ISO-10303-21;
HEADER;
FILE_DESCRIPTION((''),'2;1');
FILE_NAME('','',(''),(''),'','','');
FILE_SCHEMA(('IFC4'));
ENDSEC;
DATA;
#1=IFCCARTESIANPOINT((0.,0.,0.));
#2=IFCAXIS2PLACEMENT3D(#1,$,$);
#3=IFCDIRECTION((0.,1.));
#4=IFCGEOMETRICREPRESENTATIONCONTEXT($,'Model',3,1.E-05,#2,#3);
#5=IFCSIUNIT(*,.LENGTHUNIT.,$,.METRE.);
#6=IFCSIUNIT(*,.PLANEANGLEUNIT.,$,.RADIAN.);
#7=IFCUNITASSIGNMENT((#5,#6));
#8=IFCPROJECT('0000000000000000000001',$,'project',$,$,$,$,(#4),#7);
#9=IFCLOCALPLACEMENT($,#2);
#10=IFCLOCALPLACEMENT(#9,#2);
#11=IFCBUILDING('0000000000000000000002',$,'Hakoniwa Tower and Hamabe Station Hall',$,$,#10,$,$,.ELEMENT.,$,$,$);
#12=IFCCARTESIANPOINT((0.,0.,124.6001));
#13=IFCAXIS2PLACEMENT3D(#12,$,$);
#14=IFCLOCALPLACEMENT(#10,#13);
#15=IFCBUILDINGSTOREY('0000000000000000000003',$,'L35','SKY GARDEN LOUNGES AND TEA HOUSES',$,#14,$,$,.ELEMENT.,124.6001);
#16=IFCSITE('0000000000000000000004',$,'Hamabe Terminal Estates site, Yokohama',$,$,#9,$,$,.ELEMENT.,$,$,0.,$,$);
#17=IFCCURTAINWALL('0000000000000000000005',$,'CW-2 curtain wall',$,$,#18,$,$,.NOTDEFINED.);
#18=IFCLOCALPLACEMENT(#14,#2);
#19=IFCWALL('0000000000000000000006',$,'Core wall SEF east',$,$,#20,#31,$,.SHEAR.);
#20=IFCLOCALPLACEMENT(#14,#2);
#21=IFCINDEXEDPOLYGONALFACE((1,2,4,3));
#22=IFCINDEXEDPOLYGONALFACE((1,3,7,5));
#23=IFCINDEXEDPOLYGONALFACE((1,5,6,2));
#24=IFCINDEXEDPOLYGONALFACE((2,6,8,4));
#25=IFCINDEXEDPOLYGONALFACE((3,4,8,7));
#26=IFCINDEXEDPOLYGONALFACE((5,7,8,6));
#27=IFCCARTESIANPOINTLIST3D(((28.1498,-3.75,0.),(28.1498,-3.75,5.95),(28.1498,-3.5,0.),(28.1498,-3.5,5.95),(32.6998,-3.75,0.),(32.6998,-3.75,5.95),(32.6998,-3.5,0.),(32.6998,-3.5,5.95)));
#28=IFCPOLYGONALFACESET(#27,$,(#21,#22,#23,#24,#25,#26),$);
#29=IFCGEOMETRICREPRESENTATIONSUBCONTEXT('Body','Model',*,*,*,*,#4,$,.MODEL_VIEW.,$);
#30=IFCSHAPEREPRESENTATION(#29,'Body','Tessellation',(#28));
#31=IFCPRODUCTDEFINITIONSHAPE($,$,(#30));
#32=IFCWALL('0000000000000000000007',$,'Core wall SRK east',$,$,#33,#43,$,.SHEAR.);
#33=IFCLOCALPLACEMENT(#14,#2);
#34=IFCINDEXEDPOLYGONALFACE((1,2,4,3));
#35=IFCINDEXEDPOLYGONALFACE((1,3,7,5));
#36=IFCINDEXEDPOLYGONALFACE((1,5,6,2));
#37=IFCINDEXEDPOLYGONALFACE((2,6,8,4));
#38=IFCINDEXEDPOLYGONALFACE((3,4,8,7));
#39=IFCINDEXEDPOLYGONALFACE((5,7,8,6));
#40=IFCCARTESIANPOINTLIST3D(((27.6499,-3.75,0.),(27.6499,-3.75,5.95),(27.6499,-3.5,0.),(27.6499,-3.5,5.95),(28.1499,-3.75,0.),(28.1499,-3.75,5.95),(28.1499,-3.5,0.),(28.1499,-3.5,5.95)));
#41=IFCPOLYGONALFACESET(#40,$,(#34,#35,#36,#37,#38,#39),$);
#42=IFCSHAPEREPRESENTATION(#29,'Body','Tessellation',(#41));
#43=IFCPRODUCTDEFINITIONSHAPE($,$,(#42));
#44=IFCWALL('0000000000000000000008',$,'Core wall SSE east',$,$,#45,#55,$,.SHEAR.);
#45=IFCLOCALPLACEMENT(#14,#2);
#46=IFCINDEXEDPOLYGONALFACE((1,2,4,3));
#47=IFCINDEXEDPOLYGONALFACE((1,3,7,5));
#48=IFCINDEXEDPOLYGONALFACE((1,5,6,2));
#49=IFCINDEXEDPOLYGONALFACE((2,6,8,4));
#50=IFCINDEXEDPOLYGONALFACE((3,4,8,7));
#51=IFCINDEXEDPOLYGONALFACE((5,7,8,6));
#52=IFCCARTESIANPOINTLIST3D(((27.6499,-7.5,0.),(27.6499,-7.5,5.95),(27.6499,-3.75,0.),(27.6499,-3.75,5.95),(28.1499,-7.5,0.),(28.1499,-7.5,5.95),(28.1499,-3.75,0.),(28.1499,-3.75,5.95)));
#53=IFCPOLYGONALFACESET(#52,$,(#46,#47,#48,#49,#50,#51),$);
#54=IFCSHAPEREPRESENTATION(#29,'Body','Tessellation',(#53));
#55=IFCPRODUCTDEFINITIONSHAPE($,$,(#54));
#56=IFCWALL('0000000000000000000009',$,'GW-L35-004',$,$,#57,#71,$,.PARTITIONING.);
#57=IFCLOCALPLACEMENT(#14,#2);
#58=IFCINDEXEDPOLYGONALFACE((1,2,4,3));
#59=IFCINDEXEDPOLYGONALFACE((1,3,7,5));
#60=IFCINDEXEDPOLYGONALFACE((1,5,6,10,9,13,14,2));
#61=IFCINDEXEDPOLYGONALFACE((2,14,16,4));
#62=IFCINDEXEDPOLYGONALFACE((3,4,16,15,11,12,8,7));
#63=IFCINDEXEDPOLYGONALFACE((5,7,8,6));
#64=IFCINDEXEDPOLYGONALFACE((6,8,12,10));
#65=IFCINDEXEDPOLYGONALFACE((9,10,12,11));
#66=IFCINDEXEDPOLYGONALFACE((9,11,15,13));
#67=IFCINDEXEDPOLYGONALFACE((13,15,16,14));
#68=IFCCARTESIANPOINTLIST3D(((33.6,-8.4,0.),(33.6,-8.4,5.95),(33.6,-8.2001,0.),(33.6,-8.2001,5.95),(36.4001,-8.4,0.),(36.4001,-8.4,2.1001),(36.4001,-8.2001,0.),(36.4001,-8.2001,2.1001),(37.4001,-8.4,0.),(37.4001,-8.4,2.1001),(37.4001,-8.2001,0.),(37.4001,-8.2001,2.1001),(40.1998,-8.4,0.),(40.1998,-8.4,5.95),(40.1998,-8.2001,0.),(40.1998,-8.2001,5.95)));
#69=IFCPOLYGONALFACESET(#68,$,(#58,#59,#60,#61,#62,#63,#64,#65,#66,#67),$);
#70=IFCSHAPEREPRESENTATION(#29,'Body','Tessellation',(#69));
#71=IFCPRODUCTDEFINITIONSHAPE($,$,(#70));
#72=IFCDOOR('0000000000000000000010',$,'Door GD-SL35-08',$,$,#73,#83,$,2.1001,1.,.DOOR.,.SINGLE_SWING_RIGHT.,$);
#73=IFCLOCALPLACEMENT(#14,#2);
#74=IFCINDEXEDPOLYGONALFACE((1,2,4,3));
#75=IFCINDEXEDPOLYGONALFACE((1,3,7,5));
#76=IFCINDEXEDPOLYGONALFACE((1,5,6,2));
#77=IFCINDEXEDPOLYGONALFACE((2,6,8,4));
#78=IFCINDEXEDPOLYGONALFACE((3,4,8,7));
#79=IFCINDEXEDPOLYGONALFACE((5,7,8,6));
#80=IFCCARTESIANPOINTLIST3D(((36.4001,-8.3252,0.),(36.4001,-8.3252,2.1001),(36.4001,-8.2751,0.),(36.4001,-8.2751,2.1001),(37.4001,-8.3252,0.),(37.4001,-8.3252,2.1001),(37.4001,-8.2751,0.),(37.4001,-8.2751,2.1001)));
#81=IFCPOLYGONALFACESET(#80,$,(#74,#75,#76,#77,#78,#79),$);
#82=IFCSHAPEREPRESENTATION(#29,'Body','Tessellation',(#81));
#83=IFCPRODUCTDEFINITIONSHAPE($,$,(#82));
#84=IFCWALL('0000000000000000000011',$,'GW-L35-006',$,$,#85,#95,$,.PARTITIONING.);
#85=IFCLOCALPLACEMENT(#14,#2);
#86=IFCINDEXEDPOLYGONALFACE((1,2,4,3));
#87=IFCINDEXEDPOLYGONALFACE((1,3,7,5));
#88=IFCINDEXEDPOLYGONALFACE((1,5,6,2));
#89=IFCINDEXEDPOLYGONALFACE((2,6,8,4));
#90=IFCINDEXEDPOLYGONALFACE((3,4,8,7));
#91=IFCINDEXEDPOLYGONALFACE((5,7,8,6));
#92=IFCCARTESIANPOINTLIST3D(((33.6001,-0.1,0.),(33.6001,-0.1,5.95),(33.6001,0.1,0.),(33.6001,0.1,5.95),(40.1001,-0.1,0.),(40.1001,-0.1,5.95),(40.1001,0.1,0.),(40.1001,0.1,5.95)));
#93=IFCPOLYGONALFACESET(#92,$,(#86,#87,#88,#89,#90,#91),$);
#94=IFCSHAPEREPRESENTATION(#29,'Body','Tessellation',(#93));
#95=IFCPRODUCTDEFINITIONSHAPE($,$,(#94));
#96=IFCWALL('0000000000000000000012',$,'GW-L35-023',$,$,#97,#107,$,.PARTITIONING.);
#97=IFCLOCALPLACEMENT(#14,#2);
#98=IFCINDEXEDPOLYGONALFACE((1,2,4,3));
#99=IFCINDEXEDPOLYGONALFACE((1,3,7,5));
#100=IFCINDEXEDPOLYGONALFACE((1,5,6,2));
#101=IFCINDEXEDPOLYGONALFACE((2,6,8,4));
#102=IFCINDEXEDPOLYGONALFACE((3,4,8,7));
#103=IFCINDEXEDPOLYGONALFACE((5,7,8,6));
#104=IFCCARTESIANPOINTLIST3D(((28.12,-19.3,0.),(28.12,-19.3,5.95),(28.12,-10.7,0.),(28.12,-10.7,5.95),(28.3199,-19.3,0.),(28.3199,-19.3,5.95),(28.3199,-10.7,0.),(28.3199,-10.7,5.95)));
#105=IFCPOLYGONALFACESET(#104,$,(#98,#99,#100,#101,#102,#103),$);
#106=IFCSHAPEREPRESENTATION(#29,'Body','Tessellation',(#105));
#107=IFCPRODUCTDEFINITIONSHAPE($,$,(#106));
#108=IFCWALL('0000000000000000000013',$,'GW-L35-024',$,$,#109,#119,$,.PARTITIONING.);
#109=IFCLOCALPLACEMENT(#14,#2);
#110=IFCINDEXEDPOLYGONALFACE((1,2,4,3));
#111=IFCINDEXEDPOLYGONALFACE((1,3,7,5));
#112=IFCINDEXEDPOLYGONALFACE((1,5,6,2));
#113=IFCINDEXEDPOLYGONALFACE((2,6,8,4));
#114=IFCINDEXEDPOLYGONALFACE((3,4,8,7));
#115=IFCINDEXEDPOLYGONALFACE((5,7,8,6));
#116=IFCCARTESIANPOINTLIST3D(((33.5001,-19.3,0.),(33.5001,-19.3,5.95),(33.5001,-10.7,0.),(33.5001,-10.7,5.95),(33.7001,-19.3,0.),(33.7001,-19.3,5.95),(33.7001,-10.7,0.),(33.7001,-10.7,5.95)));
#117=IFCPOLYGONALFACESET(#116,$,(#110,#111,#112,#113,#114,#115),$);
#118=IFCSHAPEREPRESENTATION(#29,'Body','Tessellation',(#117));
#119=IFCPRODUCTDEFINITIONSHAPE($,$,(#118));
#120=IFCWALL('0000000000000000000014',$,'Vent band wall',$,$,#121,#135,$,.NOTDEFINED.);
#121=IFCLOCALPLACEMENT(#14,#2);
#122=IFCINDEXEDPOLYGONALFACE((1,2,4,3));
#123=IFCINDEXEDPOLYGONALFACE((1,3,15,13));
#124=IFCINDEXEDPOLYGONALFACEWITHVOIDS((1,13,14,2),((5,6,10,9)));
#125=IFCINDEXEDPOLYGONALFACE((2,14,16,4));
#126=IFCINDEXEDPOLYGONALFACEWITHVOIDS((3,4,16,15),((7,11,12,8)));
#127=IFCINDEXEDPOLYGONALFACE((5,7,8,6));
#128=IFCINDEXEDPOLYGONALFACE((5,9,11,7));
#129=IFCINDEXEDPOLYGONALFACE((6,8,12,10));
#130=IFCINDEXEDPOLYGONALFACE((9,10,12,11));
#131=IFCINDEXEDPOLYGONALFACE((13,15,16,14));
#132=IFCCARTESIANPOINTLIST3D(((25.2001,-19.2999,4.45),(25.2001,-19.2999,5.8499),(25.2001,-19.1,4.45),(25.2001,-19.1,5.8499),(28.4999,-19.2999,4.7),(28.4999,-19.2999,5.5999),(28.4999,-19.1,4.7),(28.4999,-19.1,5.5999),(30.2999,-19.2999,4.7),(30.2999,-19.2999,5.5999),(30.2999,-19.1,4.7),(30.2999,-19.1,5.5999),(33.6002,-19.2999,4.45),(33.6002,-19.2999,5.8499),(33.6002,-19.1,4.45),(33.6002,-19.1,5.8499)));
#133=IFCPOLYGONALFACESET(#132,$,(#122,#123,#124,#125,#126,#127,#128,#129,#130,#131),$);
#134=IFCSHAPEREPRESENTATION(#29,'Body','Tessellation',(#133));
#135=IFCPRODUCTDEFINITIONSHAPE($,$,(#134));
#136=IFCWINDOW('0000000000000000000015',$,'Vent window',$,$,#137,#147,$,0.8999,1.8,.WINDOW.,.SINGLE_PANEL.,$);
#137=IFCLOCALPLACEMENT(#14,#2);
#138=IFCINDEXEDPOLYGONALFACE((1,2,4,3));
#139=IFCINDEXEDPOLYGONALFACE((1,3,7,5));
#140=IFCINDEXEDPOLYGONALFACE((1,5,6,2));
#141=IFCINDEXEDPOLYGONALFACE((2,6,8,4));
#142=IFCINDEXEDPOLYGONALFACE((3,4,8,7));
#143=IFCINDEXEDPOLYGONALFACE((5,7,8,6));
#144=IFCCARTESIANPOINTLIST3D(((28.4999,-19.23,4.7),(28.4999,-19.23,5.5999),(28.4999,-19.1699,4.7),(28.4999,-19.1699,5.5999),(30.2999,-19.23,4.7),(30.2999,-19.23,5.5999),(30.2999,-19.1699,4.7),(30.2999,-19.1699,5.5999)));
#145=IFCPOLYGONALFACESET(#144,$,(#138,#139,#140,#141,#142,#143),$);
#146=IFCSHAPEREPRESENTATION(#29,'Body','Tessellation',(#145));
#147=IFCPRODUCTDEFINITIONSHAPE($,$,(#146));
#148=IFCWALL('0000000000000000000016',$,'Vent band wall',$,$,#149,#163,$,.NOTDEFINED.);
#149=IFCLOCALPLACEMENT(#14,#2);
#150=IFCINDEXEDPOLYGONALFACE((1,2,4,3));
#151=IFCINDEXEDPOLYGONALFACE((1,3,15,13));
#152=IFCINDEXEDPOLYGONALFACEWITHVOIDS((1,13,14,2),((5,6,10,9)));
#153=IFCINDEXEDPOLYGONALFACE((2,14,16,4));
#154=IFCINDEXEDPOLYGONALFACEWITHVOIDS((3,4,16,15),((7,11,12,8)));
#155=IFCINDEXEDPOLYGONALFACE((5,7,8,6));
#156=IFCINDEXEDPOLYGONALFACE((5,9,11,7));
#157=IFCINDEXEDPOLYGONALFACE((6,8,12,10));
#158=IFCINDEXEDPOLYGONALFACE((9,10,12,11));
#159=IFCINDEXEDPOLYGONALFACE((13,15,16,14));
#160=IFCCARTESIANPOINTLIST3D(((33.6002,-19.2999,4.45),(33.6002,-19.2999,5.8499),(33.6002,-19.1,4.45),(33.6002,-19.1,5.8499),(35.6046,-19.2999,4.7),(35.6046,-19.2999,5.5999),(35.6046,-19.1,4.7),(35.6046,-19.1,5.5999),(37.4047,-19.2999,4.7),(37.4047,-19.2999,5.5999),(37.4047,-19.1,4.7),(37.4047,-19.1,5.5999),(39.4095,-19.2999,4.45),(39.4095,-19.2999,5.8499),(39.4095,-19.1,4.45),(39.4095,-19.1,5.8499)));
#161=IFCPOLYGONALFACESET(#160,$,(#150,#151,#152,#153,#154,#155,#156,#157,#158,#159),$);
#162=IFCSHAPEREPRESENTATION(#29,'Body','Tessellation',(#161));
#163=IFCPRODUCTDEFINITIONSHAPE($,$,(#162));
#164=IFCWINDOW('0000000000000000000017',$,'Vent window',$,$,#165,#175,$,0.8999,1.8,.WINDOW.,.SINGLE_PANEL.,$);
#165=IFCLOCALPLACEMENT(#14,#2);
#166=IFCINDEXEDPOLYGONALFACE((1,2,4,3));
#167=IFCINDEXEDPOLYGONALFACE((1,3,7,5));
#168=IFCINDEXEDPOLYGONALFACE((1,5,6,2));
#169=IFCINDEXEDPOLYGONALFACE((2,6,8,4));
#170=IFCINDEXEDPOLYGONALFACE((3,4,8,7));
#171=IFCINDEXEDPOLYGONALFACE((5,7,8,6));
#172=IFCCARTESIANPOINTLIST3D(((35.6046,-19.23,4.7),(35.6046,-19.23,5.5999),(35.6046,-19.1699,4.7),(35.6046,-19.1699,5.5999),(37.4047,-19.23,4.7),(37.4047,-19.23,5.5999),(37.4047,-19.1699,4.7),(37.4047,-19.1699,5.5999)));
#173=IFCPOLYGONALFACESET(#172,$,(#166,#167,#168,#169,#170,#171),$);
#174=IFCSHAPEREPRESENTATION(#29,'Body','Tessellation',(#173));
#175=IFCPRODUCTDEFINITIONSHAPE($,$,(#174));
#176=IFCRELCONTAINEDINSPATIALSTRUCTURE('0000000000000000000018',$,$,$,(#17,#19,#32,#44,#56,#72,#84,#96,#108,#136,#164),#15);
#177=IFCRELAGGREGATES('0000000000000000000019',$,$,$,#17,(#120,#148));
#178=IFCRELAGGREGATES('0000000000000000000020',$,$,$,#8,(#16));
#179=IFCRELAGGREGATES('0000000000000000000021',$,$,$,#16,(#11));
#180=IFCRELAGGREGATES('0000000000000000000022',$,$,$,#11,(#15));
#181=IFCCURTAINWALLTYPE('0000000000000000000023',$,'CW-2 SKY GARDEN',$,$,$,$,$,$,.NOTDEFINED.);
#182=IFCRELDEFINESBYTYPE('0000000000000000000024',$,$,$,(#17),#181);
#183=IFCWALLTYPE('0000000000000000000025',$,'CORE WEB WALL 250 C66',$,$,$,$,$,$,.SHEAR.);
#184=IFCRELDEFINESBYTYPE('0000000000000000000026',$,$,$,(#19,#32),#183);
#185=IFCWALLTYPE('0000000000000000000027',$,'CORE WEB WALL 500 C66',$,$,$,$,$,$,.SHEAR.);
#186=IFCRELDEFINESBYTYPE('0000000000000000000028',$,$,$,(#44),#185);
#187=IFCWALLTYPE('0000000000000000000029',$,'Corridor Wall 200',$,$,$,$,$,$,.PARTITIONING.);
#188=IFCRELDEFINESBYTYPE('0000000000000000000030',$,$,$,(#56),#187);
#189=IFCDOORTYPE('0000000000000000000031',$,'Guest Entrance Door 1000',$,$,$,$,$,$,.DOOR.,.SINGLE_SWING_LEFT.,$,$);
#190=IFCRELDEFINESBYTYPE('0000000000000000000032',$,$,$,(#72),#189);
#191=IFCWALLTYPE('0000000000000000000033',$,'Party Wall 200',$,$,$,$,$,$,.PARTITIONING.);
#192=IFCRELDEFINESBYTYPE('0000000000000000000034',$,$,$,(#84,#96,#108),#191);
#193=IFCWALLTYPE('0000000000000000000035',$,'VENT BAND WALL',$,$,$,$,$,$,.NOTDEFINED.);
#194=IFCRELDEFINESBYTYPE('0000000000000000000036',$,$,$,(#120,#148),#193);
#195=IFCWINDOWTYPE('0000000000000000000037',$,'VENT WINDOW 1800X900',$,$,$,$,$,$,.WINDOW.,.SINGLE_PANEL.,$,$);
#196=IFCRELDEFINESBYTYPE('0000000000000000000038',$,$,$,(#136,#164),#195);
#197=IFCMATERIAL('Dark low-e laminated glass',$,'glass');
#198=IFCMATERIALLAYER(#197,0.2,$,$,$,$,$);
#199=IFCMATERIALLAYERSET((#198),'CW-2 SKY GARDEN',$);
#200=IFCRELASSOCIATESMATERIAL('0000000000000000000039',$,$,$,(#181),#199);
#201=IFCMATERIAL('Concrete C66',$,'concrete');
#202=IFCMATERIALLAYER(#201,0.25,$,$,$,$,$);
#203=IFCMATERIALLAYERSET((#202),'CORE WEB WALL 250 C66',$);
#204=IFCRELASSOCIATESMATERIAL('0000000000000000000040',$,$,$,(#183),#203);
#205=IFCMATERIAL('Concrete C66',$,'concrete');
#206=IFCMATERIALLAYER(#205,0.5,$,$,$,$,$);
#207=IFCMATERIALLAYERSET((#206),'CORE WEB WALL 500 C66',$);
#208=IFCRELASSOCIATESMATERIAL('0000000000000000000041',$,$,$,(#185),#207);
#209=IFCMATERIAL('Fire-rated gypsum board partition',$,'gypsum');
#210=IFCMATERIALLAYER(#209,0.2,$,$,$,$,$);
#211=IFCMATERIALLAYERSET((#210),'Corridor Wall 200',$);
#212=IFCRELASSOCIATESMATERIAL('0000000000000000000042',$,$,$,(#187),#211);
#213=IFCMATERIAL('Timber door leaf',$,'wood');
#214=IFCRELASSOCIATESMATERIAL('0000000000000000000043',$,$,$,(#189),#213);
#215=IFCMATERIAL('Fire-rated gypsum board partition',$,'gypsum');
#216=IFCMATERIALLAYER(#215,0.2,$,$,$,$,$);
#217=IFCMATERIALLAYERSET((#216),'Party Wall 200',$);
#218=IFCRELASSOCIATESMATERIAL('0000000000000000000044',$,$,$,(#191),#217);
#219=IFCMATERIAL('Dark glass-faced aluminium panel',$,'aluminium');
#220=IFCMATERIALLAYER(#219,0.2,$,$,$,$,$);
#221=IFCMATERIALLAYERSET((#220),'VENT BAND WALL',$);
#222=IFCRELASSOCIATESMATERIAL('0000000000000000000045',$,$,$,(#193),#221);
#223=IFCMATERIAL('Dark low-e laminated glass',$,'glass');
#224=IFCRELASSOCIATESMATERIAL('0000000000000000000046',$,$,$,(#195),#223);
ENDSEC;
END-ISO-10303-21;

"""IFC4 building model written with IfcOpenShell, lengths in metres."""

from ifc_helpers import new_model, si_unit, direction, frame, frame_2d, origin, place, context, subcontext, project, spatial, rectangle, extrude, material, layer, layer_set, type_object, element, fill, aggregate, save


model = new_model("IFC4")

# Units and contexts
model_context = context("Model", 3, precision=1e-05, world=origin(), true_north=direction((0.0, 1.0)))
body_context = subcontext(model_context, "Body", "Model", "MODEL_VIEW")
ifc_project = project(units=[si_unit("LENGTHUNIT", "METRE"), si_unit("PLANEANGLEUNIT", "RADIAN")], contexts=[model_context])

# Site, building, storey
site_placement = place(None, origin())
site = spatial("IfcSite", under=ifc_project, at=site_placement, Name="Hamabe Terminal Estates site, Yokohama", CompositionType="ELEMENT", RefElevation=0.0)
building_placement = place(site_placement, origin())
building = spatial("IfcBuilding", under=site, at=building_placement, Name="Hakoniwa Tower and Hamabe Station Hall", CompositionType="ELEMENT")
storey_placement = place(building_placement, frame((0.0, 0.0, 124.6001)))
storey = spatial("IfcBuildingStorey", under=building, at=storey_placement, Name="L35", Description="SKY GARDEN LOUNGES AND TEA HOUSES", CompositionType="ELEMENT", Elevation=124.6001)

# Curtain wall
ifc_material_1 = material(Name="Dark low-e laminated glass", Category="glass")
ifc_layer_1 = layer(ifc_material_1, 0.2)
ifc_layer_set_1 = layer_set([ifc_layer_1], Name="CW-2 SKY GARDEN")
curtain_wall_type = type_object("IfcCurtainWallType", Name="CW-2 SKY GARDEN", PredefinedType="NOTDEFINED", material=ifc_layer_set_1)
curtain_wall_placement = place(storey_placement, origin())
curtain_wall = element("IfcCurtainWall", 1, at=curtain_wall_placement, inside=storey, type_object=curtain_wall_type, Name="CW-2 curtain wall", PredefinedType="NOTDEFINED")

# Walls
ifc_material_2 = material(Name="Concrete C66", Category="concrete")
ifc_layer_2 = layer(ifc_material_2, 0.25)
ifc_layer_set_2 = layer_set([ifc_layer_2], Name="CORE WEB WALL 250 C66")
wall_type_1 = type_object("IfcWallType", Name="CORE WEB WALL 250 C66", PredefinedType="SHEAR", material=ifc_layer_set_2)
wall_1_placement = place(storey_placement, frame((28.1499, -3.625, 0.0), z_axis=(0.0, 0.0, 1.0), x_axis=(1.0, 0.0, 0.0)))
element("IfcWall", 2, at=wall_1_placement, inside=storey, type_object=wall_type_1, Name="Core wall SEF east", PredefinedType="SHEAR", context=body_context, shape_type="SweptSolid", body=[
    extrude(rectangle(XDim=4.55, YDim=0.25, at=frame_2d((2.2749, 0.0))), origin(), (0.0, 0.0, 1.0), 5.95),
])
wall_2_placement = place(storey_placement, frame((27.6499, -3.625, 0.0), z_axis=(0.0, 0.0, 1.0), x_axis=(1.0, 0.0, 0.0)))
element("IfcWall", 3, at=wall_2_placement, inside=storey, type_object=wall_type_1, Name="Core wall SRK east", PredefinedType="SHEAR", context=body_context, shape_type="SweptSolid", body=[
    extrude(rectangle(XDim=0.5, YDim=0.25, at=frame_2d((0.25, 0.0))), origin(), (0.0, 0.0, 1.0), 5.95),
])
ifc_material_3 = material(Name="Concrete C66", Category="concrete")
ifc_layer_3 = layer(ifc_material_3, 0.5)
ifc_layer_set_3 = layer_set([ifc_layer_3], Name="CORE WEB WALL 500 C66")
wall_type_2 = type_object("IfcWallType", Name="CORE WEB WALL 500 C66", PredefinedType="SHEAR", material=ifc_layer_set_3)
wall_3_placement = place(storey_placement, frame((27.8999, -7.5, 0.0), z_axis=(0.0, 0.0, 1.0), x_axis=(0.0, 1.0, 0.0)))
element("IfcWall", 4, at=wall_3_placement, inside=storey, type_object=wall_type_2, Name="Core wall SSE east", PredefinedType="SHEAR", context=body_context, shape_type="SweptSolid", body=[
    extrude(rectangle(XDim=3.75, YDim=0.5, at=frame_2d((1.875, 0.0))), origin(), (0.0, 0.0, 1.0), 5.95),
])

# Wall, opening, door
ifc_material_4 = material(Name="Fire-rated gypsum board partition", Category="gypsum")
ifc_layer_4 = layer(ifc_material_4, 0.2)
ifc_layer_set_4 = layer_set([ifc_layer_4], Name="Corridor Wall 200")
wall_type_3 = type_object("IfcWallType", Name="Corridor Wall 200", PredefinedType="PARTITIONING", material=ifc_layer_set_4)
wall_4_placement = place(storey_placement, frame((33.6001, -8.3, 0.0), z_axis=(0.0, 0.0, 1.0), x_axis=(1.0, 0.0, 0.0)))
wall_4 = element("IfcWall", 5, at=wall_4_placement, inside=storey, type_object=wall_type_3, Name="GW-L35-004", PredefinedType="PARTITIONING", context=body_context, shape_type="SweptSolid", body=[
    extrude(rectangle(XDim=6.5999, YDim=0.2, at=frame_2d((3.2998, 0.0))), origin(), (0.0, 0.0, 1.0), 5.95),
])
opening_1_placement = place(wall_4_placement, frame((2.8, 0.0, 0.0)))
opening_1 = element("IfcOpeningElement", 6, at=opening_1_placement, cuts=wall_4, PredefinedType="OPENING", context=body_context, shape_type="SweptSolid", body=[
    extrude(rectangle(XDim=1.0, YDim=2.1001, at=frame_2d((0.5, 1.05))), frame((0.0, 0.1099, 0.0), z_axis=(0.0, -1.0, 0.0), x_axis=(1.0, 0.0, 0.0)), (0.0, 0.0, 1.0), 0.22),
])
ifc_material_5 = material(Name="Timber door leaf", Category="wood")
door_type = type_object("IfcDoorType", Name="Guest Entrance Door 1000", OperationType="SINGLE_SWING_LEFT", PredefinedType="DOOR", material=ifc_material_5)
door_placement = place(opening_1_placement, origin())
door = element("IfcDoor", 7, at=door_placement, inside=storey, type_object=door_type, Name="Door GD-SL35-08", OperationType="SINGLE_SWING_RIGHT", OverallHeight=2.1001, OverallWidth=1.0, PredefinedType="DOOR", context=body_context, shape_type="SweptSolid", body=[
    extrude(rectangle(XDim=1.0, YDim=2.1001, at=frame_2d((0.5, 1.05))), frame((0.0, 0.0249, 0.0), z_axis=(0.0, -1.0, 0.0), x_axis=(1.0, 0.0, 0.0)), (0.0, 0.0, 1.0), 0.05),
])
fill(opening_1, door)

# Walls
ifc_material_6 = material(Name="Fire-rated gypsum board partition", Category="gypsum")
ifc_layer_5 = layer(ifc_material_6, 0.2)
ifc_layer_set_5 = layer_set([ifc_layer_5], Name="Party Wall 200")
wall_type_4 = type_object("IfcWallType", Name="Party Wall 200", PredefinedType="PARTITIONING", material=ifc_layer_set_5)
wall_5_placement = place(storey_placement, frame((33.6001, 0.0, 0.0), z_axis=(0.0, 0.0, 1.0), x_axis=(1.0, 0.0, 0.0)))
element("IfcWall", 8, at=wall_5_placement, inside=storey, type_object=wall_type_4, Name="GW-L35-006", PredefinedType="PARTITIONING", context=body_context, shape_type="SweptSolid", body=[
    extrude(rectangle(XDim=6.5, YDim=0.2, at=frame_2d((3.25, 0.0))), origin(), (0.0, 0.0, 1.0), 5.95),
])
for number, where, z_axis, x_axis, name in (
    (9, (28.22, -19.3, 0.0), (0.0, 0.0, 1.0), (0.0, 1.0, 0.0), "GW-L35-023"),
    (10, (33.6001, -19.3, 0.0), (0.0, 0.0, 1.0), (0.0, 1.0, 0.0), "GW-L35-024"),
):
    element("IfcWall", number, at=place(storey_placement, frame(where, z_axis=z_axis, x_axis=x_axis)), inside=storey, type_object=wall_type_4, Name=name, PredefinedType="PARTITIONING", context=body_context, shape_type="SweptSolid", body=[
        extrude(rectangle(XDim=8.6001, YDim=0.2, at=frame_2d((4.3, 0.0))), origin(), (0.0, 0.0, 1.0), 5.95),
    ])

# Walls, openings, windows
ifc_material_7 = material(Name="Dark glass-faced aluminium panel", Category="aluminium")
ifc_layer_6 = layer(ifc_material_7, 0.2)
ifc_layer_set_6 = layer_set([ifc_layer_6], Name="VENT BAND WALL")
wall_type_5 = type_object("IfcWallType", Name="VENT BAND WALL", PredefinedType="NOTDEFINED", material=ifc_layer_set_6)
wall_6_placement = place(storey_placement, frame((25.2, -19.2, 4.45), z_axis=(0.0, 0.0, 1.0), x_axis=(1.0, 0.0, 0.0)))
wall_6 = element("IfcWall", 11, at=wall_6_placement, type_object=wall_type_5, Name="Vent band wall", PredefinedType="NOTDEFINED", context=body_context, shape_type="SweptSolid", body=[
    extrude(rectangle(XDim=8.4001, YDim=0.2, at=frame_2d((4.2002, 0.0))), origin(), (0.0, 0.0, 1.0), 1.3999),
])
opening_2_placement = place(wall_6_placement, frame((3.3, 0.0, 0.25)))
opening_2 = element("IfcOpeningElement", 12, at=opening_2_placement, cuts=wall_6, PredefinedType="OPENING", context=body_context, shape_type="SweptSolid", body=[
    extrude(rectangle(XDim=1.8, YDim=0.8999, at=frame_2d((0.8999, 0.45))), frame((0.0, 0.1099, 0.0), z_axis=(0.0, -1.0, 0.0), x_axis=(1.0, 0.0, 0.0)), (0.0, 0.0, 1.0), 0.22),
])
ifc_material_8 = material(Name="Dark low-e laminated glass", Category="glass")
window_type = type_object("IfcWindowType", Name="VENT WINDOW 1800X900", PartitioningType="SINGLE_PANEL", PredefinedType="WINDOW", material=ifc_material_8)
window_1_placement = place(opening_2_placement, origin())
window_1 = element("IfcWindow", 13, at=window_1_placement, inside=storey, type_object=window_type, Name="Vent window", OverallHeight=0.8999, OverallWidth=1.8, PartitioningType="SINGLE_PANEL", PredefinedType="WINDOW", context=body_context, shape_type="SweptSolid", body=[
    extrude(rectangle(XDim=1.8, YDim=0.8999, at=frame_2d((0.8999, 0.45))), frame((0.0, 0.03, 0.0), z_axis=(0.0, -1.0, 0.0), x_axis=(1.0, 0.0, 0.0)), (0.0, 0.0, 1.0), 0.0601),
])
fill(opening_2, window_1)
wall_7_placement = place(storey_placement, frame((33.6001, -19.2, 4.45), z_axis=(0.0, 0.0, 1.0), x_axis=(1.0, 0.0, 0.0)))
wall_7 = element("IfcWall", 14, at=wall_7_placement, type_object=wall_type_5, Name="Vent band wall", PredefinedType="NOTDEFINED", context=body_context, shape_type="SweptSolid", body=[
    extrude(rectangle(XDim=5.8093, YDim=0.2, at=frame_2d((2.9048, 0.0))), origin(), (0.0, 0.0, 1.0), 1.3999),
])
opening_3_placement = place(wall_7_placement, frame((2.0046, 0.0, 0.25)))
opening_3 = element("IfcOpeningElement", 15, at=opening_3_placement, cuts=wall_7, PredefinedType="OPENING", context=body_context, shape_type="SweptSolid", body=[
    extrude(rectangle(XDim=1.8, YDim=0.8999, at=frame_2d((0.8999, 0.45))), frame((0.0, 0.1099, 0.0), z_axis=(0.0, -1.0, 0.0), x_axis=(1.0, 0.0, 0.0)), (0.0, 0.0, 1.0), 0.22),
])
window_2_placement = place(opening_3_placement, origin())
window_2 = element("IfcWindow", 16, at=window_2_placement, inside=storey, type_object=window_type, Name="Vent window", OverallHeight=0.8999, OverallWidth=1.8, PartitioningType="SINGLE_PANEL", PredefinedType="WINDOW", context=body_context, shape_type="SweptSolid", body=[
    extrude(rectangle(XDim=1.8, YDim=0.8999, at=frame_2d((0.8999, 0.45))), frame((0.0, 0.03, 0.0), z_axis=(0.0, -1.0, 0.0), x_axis=(1.0, 0.0, 0.0)), (0.0, 0.0, 1.0), 0.0601),
])
fill(opening_3, window_2)
aggregate(curtain_wall, [wall_6, wall_7])

save(model, "model.ifc")
